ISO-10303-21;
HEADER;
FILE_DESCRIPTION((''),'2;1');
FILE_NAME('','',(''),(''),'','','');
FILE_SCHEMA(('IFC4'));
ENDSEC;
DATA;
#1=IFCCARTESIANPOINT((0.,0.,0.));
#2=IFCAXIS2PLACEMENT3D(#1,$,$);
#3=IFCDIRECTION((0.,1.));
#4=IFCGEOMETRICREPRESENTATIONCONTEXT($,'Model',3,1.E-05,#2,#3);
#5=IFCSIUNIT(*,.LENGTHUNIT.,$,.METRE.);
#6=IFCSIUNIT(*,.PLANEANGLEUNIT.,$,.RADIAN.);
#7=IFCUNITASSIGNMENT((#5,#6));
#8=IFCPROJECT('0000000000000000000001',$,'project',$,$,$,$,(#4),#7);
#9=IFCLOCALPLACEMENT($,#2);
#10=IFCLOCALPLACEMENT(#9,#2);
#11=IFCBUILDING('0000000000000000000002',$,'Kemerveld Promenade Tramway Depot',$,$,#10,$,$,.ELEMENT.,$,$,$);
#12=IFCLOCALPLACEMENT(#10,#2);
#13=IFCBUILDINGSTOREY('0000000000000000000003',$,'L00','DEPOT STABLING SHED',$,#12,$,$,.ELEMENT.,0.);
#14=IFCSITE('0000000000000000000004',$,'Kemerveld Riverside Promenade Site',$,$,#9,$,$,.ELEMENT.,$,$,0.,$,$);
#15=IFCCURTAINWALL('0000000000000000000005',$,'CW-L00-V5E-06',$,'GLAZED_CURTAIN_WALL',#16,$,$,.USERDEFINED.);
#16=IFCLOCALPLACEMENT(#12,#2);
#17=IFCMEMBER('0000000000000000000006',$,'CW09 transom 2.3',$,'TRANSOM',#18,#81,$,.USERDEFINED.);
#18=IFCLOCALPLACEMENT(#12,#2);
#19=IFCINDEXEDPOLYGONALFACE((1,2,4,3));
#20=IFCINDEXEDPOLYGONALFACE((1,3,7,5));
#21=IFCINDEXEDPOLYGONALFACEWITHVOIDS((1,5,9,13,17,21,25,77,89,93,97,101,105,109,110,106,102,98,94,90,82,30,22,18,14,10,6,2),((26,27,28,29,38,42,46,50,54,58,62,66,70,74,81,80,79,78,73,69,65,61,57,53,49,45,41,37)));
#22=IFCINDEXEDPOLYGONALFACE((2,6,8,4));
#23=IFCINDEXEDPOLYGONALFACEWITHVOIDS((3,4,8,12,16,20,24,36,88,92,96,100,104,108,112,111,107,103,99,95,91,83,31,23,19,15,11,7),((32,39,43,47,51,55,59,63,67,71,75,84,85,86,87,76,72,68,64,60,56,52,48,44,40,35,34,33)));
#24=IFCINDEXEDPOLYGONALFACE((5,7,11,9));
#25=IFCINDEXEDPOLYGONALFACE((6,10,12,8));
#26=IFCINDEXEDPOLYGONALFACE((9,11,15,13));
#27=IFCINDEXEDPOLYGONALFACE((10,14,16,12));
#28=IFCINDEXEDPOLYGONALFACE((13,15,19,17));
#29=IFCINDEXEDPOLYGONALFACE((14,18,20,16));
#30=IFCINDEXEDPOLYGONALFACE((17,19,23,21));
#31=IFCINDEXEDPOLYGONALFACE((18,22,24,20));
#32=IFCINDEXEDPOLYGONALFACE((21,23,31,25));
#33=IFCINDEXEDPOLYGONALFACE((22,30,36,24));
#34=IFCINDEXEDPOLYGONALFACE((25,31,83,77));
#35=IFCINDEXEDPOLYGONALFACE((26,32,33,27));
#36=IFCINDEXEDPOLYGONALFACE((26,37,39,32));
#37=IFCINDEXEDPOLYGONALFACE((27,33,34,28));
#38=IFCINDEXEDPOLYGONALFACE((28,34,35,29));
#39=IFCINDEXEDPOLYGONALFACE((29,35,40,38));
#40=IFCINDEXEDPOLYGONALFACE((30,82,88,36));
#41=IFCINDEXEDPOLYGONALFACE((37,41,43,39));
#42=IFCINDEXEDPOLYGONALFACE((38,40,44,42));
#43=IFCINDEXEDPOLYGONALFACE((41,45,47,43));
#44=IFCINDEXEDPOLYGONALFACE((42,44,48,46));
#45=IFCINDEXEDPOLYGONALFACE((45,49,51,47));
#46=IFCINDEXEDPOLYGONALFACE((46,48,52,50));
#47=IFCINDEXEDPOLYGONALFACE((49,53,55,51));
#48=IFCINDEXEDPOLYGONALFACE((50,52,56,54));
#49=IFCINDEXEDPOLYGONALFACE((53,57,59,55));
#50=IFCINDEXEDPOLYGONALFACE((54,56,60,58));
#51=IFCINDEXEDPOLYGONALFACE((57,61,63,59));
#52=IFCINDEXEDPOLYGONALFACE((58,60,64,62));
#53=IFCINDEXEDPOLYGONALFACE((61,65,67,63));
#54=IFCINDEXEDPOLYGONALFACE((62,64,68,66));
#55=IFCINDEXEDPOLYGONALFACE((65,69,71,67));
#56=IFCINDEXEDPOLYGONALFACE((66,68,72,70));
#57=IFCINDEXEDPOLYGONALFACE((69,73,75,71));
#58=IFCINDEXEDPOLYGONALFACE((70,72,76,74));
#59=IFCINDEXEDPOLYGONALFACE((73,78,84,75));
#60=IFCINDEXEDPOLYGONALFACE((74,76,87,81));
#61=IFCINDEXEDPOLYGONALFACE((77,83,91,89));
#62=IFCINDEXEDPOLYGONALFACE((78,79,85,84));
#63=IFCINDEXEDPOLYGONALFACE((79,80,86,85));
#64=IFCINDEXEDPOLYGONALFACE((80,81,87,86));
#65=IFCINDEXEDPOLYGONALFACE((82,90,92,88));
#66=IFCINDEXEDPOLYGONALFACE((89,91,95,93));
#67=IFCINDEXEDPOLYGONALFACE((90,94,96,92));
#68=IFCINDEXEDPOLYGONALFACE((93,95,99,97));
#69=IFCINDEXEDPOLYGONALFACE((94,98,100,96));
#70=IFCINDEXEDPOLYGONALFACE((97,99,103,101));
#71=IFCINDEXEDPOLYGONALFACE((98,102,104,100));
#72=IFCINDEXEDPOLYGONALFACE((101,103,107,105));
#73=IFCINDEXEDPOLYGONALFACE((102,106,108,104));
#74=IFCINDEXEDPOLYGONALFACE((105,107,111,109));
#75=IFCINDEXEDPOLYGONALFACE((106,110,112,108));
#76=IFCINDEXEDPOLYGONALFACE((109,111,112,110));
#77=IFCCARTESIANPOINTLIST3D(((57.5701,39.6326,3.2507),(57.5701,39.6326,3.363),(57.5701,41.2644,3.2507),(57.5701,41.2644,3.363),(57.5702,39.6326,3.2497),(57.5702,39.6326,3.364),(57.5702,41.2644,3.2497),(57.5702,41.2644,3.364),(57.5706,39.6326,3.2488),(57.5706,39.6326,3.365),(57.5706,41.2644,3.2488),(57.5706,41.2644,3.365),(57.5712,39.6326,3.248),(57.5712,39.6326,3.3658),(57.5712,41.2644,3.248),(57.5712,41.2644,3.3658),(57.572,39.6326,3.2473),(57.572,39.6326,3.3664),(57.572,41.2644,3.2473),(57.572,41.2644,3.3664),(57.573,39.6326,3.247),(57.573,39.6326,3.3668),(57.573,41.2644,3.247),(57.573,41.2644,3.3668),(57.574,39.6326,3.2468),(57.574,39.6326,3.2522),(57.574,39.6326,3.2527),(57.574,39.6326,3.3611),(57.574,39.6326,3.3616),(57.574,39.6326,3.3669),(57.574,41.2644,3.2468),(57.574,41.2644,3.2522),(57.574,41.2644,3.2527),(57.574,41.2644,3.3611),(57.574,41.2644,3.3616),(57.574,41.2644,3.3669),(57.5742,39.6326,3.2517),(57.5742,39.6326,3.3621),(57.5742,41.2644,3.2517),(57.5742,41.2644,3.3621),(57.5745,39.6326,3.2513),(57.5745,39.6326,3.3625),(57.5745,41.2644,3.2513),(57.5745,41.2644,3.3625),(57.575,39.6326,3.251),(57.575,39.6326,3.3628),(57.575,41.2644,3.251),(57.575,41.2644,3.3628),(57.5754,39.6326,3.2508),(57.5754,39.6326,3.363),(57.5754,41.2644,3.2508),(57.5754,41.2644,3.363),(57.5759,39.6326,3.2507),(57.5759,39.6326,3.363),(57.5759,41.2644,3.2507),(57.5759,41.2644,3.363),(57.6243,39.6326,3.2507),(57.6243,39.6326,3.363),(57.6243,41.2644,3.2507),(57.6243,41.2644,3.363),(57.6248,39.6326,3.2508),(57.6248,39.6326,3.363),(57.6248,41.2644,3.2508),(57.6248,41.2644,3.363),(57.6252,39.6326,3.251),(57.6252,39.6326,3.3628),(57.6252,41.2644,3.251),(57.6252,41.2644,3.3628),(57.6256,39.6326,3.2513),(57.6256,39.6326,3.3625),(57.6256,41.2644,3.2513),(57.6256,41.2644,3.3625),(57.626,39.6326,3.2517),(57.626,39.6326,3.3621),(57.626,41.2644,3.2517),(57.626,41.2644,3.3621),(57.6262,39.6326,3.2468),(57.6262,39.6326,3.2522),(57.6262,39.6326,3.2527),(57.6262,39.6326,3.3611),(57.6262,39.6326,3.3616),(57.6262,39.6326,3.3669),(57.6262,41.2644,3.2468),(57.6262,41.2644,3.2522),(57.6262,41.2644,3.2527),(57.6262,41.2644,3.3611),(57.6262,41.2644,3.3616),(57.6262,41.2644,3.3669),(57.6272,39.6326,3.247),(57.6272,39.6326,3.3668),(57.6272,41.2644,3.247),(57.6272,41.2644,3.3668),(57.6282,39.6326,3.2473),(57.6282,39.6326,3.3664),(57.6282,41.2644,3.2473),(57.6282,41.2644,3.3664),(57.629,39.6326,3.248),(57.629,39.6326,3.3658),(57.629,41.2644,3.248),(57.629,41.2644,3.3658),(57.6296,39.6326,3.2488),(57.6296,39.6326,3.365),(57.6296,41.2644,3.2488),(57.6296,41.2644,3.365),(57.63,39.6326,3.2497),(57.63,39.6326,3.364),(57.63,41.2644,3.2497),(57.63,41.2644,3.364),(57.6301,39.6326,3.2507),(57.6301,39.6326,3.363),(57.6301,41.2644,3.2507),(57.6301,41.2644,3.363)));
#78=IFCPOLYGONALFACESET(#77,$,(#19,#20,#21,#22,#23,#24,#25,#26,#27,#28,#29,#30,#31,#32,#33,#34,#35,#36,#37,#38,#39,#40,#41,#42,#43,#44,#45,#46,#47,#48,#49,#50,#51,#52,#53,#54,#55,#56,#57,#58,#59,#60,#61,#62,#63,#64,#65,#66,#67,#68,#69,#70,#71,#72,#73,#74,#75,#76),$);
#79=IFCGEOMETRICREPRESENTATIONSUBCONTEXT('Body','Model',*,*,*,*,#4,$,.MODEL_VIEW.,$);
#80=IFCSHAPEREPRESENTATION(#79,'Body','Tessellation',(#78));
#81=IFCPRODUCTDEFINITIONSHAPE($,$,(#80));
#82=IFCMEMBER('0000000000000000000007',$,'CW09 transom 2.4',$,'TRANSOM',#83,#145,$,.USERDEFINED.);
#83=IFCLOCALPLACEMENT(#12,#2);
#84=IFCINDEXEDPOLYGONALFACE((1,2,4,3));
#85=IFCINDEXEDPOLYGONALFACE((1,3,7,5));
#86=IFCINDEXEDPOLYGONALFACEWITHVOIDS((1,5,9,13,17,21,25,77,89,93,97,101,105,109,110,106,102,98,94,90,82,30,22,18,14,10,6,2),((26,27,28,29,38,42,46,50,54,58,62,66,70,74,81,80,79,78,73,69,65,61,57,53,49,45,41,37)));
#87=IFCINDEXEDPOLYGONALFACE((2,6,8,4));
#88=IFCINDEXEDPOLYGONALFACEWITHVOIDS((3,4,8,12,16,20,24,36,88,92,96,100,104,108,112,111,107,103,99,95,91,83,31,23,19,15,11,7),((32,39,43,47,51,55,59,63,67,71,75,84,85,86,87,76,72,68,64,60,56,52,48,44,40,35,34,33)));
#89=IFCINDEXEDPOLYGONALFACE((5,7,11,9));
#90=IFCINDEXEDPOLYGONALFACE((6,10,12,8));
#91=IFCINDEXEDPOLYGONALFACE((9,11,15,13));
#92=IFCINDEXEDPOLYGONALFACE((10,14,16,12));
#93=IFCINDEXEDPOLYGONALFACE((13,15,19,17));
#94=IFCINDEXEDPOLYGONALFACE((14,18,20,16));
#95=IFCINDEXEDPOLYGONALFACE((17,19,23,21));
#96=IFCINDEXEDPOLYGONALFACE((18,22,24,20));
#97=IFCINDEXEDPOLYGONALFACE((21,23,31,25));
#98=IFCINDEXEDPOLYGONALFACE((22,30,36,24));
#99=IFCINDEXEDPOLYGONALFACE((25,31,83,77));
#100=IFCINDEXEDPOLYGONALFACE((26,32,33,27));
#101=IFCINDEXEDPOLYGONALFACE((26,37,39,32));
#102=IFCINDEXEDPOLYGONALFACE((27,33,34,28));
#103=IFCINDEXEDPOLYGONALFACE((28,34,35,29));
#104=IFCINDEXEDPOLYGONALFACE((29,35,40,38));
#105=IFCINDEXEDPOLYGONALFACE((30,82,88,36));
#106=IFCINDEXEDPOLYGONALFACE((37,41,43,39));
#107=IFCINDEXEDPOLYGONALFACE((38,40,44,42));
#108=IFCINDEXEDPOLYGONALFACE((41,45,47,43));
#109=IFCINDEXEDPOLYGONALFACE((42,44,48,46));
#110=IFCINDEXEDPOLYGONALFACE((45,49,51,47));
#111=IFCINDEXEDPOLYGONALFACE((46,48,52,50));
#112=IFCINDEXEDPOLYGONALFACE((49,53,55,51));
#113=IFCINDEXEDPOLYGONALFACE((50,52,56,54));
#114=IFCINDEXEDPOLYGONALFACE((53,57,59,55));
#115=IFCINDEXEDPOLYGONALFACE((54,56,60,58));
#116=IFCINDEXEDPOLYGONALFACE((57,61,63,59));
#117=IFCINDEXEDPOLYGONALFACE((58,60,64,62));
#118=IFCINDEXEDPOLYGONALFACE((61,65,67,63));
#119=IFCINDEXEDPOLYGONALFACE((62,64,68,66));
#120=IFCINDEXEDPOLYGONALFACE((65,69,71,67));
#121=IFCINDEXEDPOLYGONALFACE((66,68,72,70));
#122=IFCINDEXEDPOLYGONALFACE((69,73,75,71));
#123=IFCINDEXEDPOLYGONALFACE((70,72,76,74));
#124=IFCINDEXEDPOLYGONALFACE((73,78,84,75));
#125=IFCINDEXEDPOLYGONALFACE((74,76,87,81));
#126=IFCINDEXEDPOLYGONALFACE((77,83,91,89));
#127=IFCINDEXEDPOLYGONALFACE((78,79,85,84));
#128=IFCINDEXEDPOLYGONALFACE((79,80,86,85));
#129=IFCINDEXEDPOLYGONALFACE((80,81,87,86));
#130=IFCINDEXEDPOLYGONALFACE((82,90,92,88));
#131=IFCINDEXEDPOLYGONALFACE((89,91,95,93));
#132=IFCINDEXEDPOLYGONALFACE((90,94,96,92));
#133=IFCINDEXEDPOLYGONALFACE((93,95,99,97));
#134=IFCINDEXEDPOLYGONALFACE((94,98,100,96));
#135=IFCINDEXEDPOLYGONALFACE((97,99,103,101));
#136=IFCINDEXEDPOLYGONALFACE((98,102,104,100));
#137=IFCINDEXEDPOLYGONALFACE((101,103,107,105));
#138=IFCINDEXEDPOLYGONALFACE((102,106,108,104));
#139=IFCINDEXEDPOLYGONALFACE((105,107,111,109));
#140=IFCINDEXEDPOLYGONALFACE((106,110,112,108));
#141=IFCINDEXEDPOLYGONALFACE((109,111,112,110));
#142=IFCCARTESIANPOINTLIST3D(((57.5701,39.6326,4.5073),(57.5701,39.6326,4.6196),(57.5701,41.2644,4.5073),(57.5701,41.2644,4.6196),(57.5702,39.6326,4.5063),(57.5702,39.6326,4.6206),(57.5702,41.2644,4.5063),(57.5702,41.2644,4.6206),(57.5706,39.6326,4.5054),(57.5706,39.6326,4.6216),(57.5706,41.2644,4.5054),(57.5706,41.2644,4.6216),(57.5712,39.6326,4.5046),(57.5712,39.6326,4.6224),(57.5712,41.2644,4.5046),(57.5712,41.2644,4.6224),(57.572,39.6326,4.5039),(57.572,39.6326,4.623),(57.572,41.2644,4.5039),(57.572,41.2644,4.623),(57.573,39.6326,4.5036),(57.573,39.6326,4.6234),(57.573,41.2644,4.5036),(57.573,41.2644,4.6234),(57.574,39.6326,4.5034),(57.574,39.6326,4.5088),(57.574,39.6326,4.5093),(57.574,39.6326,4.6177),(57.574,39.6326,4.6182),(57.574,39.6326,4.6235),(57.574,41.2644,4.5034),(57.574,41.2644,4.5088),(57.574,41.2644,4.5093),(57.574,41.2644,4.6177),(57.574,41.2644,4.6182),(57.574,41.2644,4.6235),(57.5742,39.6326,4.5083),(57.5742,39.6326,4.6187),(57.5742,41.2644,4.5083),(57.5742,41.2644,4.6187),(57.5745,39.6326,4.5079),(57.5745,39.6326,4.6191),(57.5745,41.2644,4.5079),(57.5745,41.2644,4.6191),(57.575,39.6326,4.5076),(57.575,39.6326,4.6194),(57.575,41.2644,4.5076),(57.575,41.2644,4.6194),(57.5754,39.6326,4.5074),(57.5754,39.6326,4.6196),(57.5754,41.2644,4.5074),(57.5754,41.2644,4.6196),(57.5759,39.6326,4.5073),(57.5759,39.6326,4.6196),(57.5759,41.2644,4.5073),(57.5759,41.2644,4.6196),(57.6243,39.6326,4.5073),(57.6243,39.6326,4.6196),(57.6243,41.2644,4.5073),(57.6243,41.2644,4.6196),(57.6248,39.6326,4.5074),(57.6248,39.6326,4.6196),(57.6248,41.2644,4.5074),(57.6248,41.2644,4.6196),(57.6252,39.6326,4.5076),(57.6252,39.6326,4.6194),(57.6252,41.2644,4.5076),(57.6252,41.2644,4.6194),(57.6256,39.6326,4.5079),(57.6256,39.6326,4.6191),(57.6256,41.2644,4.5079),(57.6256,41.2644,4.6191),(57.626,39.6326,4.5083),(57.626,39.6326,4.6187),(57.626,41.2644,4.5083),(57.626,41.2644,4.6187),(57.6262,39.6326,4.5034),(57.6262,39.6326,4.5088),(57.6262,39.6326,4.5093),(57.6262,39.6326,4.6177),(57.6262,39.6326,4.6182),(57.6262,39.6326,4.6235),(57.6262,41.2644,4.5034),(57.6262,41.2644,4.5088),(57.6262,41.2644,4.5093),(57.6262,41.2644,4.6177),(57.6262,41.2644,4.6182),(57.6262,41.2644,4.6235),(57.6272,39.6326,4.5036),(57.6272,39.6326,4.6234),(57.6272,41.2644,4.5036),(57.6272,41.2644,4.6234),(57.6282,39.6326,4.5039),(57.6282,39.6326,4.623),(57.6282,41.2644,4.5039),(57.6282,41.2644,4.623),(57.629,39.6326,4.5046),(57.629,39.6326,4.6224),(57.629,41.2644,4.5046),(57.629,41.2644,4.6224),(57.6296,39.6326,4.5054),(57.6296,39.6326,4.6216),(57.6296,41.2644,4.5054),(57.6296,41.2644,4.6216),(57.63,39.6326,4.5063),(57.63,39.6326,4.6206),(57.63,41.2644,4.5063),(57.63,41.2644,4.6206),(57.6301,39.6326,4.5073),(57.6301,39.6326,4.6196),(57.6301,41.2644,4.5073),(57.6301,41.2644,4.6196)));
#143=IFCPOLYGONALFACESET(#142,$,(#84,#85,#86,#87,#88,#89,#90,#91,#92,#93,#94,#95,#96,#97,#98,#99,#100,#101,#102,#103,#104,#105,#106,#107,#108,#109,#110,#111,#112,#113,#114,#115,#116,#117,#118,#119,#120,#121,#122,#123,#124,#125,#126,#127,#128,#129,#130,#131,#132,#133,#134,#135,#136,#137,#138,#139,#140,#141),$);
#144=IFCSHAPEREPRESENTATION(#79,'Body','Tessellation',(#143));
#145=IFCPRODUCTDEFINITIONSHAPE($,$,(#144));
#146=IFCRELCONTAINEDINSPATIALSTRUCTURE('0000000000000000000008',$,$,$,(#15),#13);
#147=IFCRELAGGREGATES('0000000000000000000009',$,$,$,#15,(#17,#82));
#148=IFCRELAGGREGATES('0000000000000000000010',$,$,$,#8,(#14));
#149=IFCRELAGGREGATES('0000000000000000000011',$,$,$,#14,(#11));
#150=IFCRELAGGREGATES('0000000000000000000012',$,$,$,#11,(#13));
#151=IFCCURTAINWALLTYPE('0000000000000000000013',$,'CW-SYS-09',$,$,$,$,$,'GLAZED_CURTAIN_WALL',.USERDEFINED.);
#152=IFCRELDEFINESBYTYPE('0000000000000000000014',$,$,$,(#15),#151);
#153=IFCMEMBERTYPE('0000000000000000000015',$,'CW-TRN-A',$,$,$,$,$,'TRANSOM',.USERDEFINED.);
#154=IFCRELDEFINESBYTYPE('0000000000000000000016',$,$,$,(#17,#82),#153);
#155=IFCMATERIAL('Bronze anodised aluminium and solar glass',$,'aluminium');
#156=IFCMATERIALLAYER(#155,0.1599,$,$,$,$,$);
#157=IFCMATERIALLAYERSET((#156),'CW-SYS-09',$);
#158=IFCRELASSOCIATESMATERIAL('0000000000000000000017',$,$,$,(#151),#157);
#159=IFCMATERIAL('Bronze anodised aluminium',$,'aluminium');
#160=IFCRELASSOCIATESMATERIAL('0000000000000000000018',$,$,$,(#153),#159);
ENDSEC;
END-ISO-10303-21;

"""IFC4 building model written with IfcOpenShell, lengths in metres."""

from ifc_helpers import new_model, si_unit, direction, frame, origin, origin_2d, place, context, subcontext, project, spatial, hollow_rectangle, extrude, material, layer, layer_set, material_profile, profile_set, type_object, element, aggregate, save


model = new_model("IFC4")

# Units and contexts
model_context = context("Model", 3, precision=1e-05, world=origin(), true_north=direction((0.0, 1.0)))
body_context = subcontext(model_context, "Body", "Model", "MODEL_VIEW")
ifc_project = project(units=[si_unit("LENGTHUNIT", "METRE"), si_unit("PLANEANGLEUNIT", "RADIAN")], contexts=[model_context])

# Site, building, storey
site_placement = place(None, origin())
site = spatial("IfcSite", under=ifc_project, at=site_placement, Name="Kemerveld Riverside Promenade Site", CompositionType="ELEMENT", RefElevation=0.0)
building_placement = place(site_placement, origin())
building = spatial("IfcBuilding", under=site, at=building_placement, Name="Kemerveld Promenade Tramway Depot", CompositionType="ELEMENT")
storey_placement = place(building_placement, origin())
storey = spatial("IfcBuildingStorey", under=building, at=storey_placement, Name="L00", Description="DEPOT STABLING SHED", CompositionType="ELEMENT", Elevation=0.0)

# Curtain wall, members
ifc_material_1 = material(Name="Bronze anodised aluminium and solar glass", Category="aluminium")
ifc_layer_1 = layer(ifc_material_1, 0.1599)
ifc_layer_set_1 = layer_set([ifc_layer_1], Name="CW-SYS-09")
curtain_wall_type = type_object("IfcCurtainWallType", Name="CW-SYS-09", ElementType="GLAZED_CURTAIN_WALL", PredefinedType="USERDEFINED", material=ifc_layer_set_1)
curtain_wall_placement = place(storey_placement, origin())
curtain_wall = element("IfcCurtainWall", 1, at=curtain_wall_placement, inside=storey, type_object=curtain_wall_type, Name="CW-L00-V5E-06", ObjectType="GLAZED_CURTAIN_WALL", PredefinedType="USERDEFINED")
ifc_material_2 = material(Name="Bronze anodised aluminium", Category="aluminium")
ifc_material_profile_1 = material_profile(ifc_material_2, hollow_rectangle(XDim=0.0601, YDim=0.1201, WallThickness=0.0039, InnerFilletRadius=0.002, OuterFilletRadius=0.0039, at=origin_2d()), Name="CW-TRN-120x60")
ifc_profile_set_1 = profile_set([ifc_material_profile_1], Name="Bronze anodised aluminium")
member_type_1 = type_object("IfcMemberType", Name="CW-TRN-A", ElementType="TRANSOM", PredefinedType="USERDEFINED", material=ifc_profile_set_1)
member_1_placement = place(storey_placement, frame((57.6001, 41.2644, 3.3069), z_axis=(0.0, -1.0, 0.0), x_axis=(1.0, 0.0, 0.0)))
member_1 = element("IfcMember", 2, at=member_1_placement, type_object=member_type_1, Name="CW09 transom 2.3", ObjectType="TRANSOM", PredefinedType="USERDEFINED", context=body_context, shape_type="SweptSolid", body=[
    extrude(hollow_rectangle(XDim=0.0601, YDim=0.1201, WallThickness=0.0039, InnerFilletRadius=0.002, OuterFilletRadius=0.0039, at=origin_2d()), origin(), (0.0, 0.0, 1.0), 1.6318),
])
member_2_placement = place(storey_placement, frame((57.6001, 41.2644, 4.5635), z_axis=(0.0, -1.0, 0.0), x_axis=(1.0, 0.0, 0.0)))
member_2 = element("IfcMember", 3, at=member_2_placement, type_object=member_type_1, Name="CW09 transom 2.4", ObjectType="TRANSOM", PredefinedType="USERDEFINED", context=body_context, shape_type="SweptSolid", body=[
    extrude(hollow_rectangle(XDim=0.0601, YDim=0.1201, WallThickness=0.0039, InnerFilletRadius=0.002, OuterFilletRadius=0.0039, at=origin_2d()), origin(), (0.0, 0.0, 1.0), 1.6318),
])
aggregate(curtain_wall, [member_1, member_2])

save(model, "model.ifc")
